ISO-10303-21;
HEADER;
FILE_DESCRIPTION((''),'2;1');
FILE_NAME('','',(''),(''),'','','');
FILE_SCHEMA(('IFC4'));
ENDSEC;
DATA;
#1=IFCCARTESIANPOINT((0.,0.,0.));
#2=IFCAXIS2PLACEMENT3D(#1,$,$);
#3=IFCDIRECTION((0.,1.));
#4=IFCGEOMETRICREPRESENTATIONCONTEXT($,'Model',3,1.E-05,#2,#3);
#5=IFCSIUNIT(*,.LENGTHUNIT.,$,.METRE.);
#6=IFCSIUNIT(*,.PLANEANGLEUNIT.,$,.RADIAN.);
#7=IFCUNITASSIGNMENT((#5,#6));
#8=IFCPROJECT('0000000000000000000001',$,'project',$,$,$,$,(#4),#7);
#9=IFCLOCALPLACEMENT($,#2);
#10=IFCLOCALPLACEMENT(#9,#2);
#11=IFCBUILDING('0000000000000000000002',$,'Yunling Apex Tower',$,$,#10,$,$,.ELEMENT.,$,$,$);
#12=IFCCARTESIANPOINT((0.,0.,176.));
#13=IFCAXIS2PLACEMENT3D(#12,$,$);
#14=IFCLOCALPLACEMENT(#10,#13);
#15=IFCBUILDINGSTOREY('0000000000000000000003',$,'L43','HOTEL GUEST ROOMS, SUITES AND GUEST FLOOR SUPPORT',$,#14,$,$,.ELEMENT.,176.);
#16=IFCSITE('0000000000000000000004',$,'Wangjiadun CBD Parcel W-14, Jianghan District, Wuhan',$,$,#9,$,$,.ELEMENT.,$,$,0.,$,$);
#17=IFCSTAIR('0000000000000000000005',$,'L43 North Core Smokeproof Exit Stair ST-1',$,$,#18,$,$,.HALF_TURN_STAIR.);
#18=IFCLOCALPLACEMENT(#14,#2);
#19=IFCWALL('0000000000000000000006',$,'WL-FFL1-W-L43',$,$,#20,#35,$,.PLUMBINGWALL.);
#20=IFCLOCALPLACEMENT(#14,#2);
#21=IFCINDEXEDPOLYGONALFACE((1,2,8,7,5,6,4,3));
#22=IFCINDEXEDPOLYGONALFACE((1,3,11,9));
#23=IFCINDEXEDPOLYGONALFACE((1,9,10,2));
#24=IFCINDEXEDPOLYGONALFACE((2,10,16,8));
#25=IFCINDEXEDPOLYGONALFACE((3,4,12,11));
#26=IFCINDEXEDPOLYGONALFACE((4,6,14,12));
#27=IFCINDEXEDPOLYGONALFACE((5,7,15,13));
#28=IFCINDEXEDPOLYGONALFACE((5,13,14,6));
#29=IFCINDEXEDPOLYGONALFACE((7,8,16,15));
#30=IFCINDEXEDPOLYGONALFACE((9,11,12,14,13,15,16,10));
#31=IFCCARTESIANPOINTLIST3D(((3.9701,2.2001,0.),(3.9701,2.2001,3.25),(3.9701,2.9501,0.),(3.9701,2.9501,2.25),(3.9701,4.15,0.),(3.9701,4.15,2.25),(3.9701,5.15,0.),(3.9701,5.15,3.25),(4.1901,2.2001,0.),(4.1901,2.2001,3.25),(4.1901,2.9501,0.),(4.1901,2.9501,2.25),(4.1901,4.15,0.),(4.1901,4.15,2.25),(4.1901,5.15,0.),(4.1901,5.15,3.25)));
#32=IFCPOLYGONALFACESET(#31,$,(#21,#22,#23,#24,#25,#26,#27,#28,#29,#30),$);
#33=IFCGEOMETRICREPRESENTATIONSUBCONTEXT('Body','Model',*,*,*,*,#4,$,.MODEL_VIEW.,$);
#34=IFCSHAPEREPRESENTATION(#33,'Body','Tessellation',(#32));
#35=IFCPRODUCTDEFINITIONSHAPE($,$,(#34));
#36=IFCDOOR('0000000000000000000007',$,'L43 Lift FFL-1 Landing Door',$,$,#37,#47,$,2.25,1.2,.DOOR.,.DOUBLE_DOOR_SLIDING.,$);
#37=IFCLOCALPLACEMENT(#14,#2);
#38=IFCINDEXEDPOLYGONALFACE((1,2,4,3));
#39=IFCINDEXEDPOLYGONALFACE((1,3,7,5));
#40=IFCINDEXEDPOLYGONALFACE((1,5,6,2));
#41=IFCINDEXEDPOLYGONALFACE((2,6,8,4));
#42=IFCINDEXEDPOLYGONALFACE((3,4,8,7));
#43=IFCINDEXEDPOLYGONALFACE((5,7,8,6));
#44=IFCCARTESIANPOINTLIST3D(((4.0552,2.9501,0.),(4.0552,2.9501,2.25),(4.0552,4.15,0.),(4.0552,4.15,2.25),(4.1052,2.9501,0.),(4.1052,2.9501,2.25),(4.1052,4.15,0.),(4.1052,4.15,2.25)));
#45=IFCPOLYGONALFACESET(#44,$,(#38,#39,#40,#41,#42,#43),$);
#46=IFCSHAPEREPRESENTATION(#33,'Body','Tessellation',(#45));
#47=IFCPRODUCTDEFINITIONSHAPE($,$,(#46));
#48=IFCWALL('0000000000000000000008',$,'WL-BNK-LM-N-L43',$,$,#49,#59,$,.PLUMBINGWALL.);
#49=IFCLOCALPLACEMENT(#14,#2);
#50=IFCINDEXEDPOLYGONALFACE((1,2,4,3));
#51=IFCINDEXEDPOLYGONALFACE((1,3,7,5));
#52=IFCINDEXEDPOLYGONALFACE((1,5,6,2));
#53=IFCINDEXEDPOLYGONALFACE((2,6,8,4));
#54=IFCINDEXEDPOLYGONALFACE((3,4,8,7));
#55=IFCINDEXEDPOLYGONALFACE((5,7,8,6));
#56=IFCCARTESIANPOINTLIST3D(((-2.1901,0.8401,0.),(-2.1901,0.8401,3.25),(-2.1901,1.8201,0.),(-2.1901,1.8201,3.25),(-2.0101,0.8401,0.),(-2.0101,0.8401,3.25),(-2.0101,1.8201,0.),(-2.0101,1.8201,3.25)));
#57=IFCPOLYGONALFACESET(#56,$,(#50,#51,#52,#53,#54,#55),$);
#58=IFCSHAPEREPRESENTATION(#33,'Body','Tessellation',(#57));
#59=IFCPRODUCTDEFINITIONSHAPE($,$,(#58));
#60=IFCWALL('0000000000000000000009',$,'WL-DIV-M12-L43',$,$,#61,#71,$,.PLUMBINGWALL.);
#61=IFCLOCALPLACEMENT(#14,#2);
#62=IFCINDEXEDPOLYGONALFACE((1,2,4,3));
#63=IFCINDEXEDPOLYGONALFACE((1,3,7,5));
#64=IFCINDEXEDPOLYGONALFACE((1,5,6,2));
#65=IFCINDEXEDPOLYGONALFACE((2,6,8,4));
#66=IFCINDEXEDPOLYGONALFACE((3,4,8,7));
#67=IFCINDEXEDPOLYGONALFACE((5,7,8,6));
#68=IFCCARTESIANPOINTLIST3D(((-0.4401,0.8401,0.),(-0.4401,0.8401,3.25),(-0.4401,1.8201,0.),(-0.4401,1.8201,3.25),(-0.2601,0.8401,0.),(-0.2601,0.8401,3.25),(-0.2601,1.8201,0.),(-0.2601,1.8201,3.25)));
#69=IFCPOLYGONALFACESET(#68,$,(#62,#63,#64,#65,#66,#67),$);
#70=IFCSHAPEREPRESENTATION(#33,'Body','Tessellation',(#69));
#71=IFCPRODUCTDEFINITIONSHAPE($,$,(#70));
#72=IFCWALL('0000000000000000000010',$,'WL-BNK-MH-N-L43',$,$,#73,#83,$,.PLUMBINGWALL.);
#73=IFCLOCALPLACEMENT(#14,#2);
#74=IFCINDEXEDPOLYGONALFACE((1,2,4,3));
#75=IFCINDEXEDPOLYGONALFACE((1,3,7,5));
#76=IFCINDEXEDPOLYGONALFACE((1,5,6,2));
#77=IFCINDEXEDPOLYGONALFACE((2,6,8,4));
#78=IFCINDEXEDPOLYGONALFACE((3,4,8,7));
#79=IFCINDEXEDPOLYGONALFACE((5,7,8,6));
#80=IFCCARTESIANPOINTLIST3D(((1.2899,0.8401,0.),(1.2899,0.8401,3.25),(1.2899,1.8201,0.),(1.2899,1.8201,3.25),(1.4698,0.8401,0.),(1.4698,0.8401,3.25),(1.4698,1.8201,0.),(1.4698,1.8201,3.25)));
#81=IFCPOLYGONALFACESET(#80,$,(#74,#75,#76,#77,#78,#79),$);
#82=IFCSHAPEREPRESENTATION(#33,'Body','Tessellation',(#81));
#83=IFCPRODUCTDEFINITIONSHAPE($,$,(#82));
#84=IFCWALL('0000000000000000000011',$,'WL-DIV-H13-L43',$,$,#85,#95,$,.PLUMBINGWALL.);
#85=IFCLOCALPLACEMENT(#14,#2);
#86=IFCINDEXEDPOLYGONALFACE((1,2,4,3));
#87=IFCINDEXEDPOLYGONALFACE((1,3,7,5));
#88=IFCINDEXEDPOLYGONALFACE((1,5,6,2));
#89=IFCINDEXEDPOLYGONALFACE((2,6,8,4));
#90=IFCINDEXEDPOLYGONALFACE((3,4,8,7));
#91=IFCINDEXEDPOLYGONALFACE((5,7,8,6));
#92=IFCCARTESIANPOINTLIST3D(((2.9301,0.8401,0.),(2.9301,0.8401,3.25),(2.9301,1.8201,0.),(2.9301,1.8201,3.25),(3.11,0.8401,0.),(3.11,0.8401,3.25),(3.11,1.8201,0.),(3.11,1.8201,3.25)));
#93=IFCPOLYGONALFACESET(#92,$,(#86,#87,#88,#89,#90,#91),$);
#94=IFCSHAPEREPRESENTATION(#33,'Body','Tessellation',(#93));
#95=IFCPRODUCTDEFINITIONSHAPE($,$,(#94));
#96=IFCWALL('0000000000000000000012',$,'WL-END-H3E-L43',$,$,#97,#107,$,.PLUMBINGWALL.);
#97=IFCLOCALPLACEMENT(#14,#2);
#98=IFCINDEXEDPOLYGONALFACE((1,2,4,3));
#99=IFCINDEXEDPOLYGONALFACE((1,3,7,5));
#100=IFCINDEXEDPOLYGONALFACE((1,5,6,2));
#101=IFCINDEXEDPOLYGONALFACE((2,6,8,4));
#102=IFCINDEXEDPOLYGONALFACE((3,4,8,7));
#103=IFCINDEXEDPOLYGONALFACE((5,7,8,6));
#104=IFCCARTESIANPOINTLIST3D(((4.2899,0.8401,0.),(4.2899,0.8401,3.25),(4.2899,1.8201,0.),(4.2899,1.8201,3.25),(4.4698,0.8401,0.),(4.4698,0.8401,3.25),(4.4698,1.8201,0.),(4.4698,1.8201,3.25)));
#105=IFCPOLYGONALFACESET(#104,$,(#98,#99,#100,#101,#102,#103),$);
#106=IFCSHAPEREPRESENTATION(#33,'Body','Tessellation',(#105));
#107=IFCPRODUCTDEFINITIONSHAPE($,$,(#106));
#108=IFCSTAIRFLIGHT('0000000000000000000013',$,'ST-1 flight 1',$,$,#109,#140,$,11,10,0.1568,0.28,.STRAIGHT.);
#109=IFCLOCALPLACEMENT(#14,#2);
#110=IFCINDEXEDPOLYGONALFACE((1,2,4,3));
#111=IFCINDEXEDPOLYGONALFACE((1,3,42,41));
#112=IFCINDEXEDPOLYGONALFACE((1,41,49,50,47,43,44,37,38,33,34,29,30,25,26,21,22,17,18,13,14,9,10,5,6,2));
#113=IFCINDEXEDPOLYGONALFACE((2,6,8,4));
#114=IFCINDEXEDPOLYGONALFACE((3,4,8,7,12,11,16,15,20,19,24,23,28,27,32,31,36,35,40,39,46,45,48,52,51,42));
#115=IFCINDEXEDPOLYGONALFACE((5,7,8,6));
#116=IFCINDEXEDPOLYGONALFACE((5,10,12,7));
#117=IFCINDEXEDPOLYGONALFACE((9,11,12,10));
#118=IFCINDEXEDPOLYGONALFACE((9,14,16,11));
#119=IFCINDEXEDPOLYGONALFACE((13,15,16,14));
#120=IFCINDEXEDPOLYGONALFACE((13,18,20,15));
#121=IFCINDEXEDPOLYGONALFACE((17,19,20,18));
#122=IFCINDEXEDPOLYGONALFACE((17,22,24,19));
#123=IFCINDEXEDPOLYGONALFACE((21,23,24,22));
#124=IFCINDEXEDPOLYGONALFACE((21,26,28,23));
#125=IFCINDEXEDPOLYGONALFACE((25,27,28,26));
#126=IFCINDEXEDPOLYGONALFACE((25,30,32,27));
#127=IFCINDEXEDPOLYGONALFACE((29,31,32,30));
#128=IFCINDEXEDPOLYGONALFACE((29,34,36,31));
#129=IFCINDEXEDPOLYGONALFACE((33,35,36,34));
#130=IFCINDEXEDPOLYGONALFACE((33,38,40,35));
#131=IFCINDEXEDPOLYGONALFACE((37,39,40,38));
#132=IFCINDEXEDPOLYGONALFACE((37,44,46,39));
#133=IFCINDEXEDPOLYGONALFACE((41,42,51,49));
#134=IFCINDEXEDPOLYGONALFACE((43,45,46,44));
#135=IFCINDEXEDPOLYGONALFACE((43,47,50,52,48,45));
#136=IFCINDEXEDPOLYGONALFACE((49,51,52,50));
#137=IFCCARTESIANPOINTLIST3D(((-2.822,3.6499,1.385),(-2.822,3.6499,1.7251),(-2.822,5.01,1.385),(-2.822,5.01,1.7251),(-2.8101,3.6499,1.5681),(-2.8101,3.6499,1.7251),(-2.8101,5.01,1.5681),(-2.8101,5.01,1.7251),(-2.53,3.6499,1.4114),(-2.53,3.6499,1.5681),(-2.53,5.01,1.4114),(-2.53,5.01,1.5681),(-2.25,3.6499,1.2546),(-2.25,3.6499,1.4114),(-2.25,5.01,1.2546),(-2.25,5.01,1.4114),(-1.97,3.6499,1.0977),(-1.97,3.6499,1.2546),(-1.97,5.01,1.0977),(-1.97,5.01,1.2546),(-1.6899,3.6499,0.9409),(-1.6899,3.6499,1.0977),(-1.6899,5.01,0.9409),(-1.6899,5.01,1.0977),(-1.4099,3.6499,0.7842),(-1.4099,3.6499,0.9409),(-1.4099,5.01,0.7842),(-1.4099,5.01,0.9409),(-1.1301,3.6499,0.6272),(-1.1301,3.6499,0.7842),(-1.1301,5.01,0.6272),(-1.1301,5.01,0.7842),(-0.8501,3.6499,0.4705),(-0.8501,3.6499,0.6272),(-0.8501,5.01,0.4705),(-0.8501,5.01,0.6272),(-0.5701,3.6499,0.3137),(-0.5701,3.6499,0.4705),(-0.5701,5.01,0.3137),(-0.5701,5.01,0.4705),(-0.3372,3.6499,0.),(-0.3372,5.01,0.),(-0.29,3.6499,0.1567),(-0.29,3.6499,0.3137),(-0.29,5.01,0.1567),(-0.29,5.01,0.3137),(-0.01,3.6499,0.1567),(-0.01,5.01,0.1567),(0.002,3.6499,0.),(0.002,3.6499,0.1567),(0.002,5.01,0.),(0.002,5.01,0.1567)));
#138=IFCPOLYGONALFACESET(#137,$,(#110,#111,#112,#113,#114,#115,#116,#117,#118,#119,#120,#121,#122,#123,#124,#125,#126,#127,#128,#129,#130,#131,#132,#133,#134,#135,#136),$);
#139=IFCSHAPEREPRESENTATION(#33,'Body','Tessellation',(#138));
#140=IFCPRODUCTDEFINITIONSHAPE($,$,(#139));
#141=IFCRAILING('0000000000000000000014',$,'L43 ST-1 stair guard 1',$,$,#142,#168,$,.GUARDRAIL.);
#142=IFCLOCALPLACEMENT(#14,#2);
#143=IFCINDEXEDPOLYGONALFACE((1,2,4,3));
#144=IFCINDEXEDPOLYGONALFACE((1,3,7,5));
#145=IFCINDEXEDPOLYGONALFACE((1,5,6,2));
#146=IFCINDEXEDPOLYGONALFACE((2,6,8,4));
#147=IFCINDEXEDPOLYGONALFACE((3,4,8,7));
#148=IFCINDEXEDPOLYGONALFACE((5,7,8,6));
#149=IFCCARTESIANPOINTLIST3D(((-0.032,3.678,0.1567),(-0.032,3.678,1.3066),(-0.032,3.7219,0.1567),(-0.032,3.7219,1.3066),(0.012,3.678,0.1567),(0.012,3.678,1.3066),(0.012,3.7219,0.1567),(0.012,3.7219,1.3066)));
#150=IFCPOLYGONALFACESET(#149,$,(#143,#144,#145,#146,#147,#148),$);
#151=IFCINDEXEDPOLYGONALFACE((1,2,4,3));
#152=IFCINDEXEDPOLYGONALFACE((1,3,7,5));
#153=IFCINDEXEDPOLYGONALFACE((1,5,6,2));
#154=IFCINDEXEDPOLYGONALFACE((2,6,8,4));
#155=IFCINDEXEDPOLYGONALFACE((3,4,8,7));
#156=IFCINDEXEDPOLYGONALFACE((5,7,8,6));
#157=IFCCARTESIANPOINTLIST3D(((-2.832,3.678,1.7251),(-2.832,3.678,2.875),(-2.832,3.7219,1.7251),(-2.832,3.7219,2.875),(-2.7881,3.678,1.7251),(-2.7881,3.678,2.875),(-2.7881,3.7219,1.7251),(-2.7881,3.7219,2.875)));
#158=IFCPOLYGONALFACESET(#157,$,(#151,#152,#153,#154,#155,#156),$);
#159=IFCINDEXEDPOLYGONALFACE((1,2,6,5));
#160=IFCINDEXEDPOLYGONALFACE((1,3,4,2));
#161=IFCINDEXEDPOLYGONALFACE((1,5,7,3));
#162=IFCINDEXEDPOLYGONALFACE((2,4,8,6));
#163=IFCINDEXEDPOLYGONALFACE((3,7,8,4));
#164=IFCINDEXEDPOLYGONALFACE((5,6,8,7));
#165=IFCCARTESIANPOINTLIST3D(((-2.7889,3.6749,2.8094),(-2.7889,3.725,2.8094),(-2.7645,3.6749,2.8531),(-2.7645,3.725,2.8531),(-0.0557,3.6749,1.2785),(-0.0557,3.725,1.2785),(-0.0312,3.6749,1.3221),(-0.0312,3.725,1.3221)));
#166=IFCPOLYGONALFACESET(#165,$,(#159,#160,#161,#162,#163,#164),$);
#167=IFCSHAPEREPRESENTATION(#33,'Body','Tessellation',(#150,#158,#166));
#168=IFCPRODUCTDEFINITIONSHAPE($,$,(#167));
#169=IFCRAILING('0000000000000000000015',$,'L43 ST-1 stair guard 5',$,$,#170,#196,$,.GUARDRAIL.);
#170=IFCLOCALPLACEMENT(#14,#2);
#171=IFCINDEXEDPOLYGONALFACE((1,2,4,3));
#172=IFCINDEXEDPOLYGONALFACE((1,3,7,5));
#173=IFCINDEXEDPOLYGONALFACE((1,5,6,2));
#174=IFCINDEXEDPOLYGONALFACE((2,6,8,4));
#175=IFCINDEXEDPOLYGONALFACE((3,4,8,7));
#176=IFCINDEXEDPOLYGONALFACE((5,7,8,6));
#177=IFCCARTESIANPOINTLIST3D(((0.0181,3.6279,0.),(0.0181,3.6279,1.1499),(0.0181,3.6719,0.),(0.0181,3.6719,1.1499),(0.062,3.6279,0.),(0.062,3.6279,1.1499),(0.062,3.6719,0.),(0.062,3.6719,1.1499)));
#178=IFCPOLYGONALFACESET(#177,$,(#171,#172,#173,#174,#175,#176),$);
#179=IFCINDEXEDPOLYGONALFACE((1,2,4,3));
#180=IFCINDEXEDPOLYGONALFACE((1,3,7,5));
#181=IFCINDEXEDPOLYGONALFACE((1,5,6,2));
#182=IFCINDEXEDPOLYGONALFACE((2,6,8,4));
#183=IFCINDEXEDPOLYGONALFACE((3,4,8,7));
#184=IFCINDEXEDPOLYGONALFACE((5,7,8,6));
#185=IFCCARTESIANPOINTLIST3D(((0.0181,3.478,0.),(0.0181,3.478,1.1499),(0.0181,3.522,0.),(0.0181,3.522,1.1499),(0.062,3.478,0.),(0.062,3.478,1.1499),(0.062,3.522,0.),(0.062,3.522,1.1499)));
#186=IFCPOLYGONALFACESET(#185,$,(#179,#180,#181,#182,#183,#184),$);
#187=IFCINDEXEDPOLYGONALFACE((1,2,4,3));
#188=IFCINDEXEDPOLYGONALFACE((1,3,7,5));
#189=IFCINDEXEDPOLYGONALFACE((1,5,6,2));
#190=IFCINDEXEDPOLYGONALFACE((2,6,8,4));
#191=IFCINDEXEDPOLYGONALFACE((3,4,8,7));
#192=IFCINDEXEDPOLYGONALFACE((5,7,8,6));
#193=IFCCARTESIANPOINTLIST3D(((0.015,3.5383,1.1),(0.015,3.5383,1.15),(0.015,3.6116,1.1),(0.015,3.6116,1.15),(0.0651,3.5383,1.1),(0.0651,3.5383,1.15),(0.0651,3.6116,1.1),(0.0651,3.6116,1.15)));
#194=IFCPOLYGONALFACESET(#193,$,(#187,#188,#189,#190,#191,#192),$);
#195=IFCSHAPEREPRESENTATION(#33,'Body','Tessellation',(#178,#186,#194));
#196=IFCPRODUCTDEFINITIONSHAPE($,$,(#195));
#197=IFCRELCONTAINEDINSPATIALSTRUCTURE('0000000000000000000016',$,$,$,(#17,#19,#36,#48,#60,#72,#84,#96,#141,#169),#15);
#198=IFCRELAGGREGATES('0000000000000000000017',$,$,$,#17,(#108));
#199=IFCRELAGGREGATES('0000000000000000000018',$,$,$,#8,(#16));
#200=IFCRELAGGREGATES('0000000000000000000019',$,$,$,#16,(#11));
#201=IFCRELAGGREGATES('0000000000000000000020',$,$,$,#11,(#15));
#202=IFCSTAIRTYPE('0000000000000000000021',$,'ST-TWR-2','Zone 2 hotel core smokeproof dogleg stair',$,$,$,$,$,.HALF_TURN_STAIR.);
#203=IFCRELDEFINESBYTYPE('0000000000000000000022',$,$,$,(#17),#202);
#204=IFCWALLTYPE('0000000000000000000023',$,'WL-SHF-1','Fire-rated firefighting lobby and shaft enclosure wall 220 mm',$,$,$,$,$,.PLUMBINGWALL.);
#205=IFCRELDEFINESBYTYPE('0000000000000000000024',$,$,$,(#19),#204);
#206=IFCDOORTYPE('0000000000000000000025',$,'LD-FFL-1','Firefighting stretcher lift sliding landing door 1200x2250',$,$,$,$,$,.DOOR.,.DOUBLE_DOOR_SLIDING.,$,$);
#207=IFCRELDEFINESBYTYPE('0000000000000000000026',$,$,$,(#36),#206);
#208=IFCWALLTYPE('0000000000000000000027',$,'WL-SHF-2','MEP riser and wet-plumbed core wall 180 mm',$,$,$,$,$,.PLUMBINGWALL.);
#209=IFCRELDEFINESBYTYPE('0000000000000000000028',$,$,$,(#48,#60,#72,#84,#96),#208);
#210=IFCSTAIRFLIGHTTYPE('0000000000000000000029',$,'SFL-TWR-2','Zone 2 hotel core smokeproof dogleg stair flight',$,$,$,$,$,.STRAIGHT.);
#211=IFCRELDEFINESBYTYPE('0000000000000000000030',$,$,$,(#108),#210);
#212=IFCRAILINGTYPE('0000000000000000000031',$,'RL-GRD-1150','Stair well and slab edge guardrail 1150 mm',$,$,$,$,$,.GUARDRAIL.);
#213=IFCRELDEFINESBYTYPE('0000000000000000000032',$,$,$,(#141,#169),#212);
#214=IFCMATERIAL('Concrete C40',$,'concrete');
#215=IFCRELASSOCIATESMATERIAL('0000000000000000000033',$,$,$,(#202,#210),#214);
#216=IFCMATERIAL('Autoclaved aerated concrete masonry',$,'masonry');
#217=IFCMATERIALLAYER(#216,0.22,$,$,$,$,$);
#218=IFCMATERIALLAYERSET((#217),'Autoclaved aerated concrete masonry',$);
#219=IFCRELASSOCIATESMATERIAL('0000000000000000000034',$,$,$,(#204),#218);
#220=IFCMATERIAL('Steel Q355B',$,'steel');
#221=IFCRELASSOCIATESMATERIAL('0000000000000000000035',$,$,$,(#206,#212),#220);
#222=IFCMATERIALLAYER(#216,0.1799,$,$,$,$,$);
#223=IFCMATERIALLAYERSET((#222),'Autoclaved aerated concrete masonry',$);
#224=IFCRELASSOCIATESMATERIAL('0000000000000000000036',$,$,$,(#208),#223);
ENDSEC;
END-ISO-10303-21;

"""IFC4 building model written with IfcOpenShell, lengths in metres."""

from ifc_helpers import new_model, si_unit, direction, frame, frame_2d, origin, origin_2d, place, context, subcontext, project, spatial, polyline, rectangle, outline, extrude, material, layer, layer_set, type_object, element, fill, aggregate, save


model = new_model("IFC4")

# Units and contexts
model_context = context("Model", 3, precision=1e-05, world=origin(), true_north=direction((0.0, 1.0)))
body_context = subcontext(model_context, "Body", "Model", "MODEL_VIEW")
ifc_project = project(units=[si_unit("LENGTHUNIT", "METRE"), si_unit("PLANEANGLEUNIT", "RADIAN")], contexts=[model_context])

# Site, building, storey
site_placement = place(None, origin())
site = spatial("IfcSite", under=ifc_project, at=site_placement, Name="Wangjiadun CBD Parcel W-14, Jianghan District, Wuhan", CompositionType="ELEMENT", RefElevation=0.0)
building_placement = place(site_placement, origin())
building = spatial("IfcBuilding", under=site, at=building_placement, Name="Yunling Apex Tower", CompositionType="ELEMENT")
storey_placement = place(building_placement, frame((0.0, 0.0, 176.0)))
storey = spatial("IfcBuildingStorey", under=building, at=storey_placement, Name="L43", Description="HOTEL GUEST ROOMS, SUITES AND GUEST FLOOR SUPPORT", CompositionType="ELEMENT", Elevation=176.0)

# Shared definitions
ifc_material_1 = material(Name="Steel Q355B", Category="steel")

# Shared definitions
ifc_material_2 = material(Name="Concrete C40", Category="concrete")

# Stair
stair_type = type_object("IfcStairType", Name="ST-TWR-2", Description="Zone 2 hotel core smokeproof dogleg stair", PredefinedType="HALF_TURN_STAIR", material=ifc_material_2)
stair_1_placement = place(storey_placement, origin())
stair_1 = element("IfcStair", 1, at=stair_1_placement, inside=storey, type_object=stair_type, Name="L43 North Core Smokeproof Exit Stair ST-1", PredefinedType="HALF_TURN_STAIR")

# Wall, opening, door
ifc_material_3 = material(Name="Autoclaved aerated concrete masonry", Category="masonry")
ifc_layer_1 = layer(ifc_material_3, 0.22)
ifc_layer_set_1 = layer_set([ifc_layer_1], Name="Autoclaved aerated concrete masonry")
wall_type_1 = type_object("IfcWallType", Name="WL-SHF-1", Description="Fire-rated firefighting lobby and shaft enclosure wall 220 mm", PredefinedType="PLUMBINGWALL", material=ifc_layer_set_1)
wall_1_placement = place(storey_placement, frame((4.0801, 2.2, 0.0), z_axis=(0.0, 0.0, 1.0), x_axis=(0.0, 1.0, 0.0)))
wall_1 = element("IfcWall", 2, at=wall_1_placement, inside=storey, type_object=wall_type_1, Name="WL-FFL1-W-L43", PredefinedType="PLUMBINGWALL", context=body_context, shape_type="SweptSolid", body=[
    extrude(rectangle(XDim=2.95, YDim=0.22, at=frame_2d((1.4751, 0.0))), origin(), (0.0, 0.0, 1.0), 3.25),
])
opening_1_placement = place(wall_1_placement, frame((0.75, 0.0, 0.0)))
opening_1 = element("IfcOpeningElement", 3, at=opening_1_placement, cuts=wall_1, PredefinedType="OPENING", context=body_context, shape_type="SweptSolid", body=[
    extrude(rectangle(XDim=1.2, YDim=2.25, at=frame_2d((0.6001, 1.125))), frame((0.0, 0.1201, 0.0), z_axis=(0.0, -1.0, 0.0), x_axis=(1.0, 0.0, 0.0)), (0.0, 0.0, 1.0), 0.24),
])
door_type_1 = type_object("IfcDoorType", Name="LD-FFL-1", Description="Firefighting stretcher lift sliding landing door 1200x2250", OperationType="DOUBLE_DOOR_SLIDING", PredefinedType="DOOR", material=ifc_material_1)
door_1_placement = place(opening_1_placement, origin())
door_1 = element("IfcDoor", 4, at=door_1_placement, inside=storey, type_object=door_type_1, Name="L43 Lift FFL-1 Landing Door", OperationType="DOUBLE_DOOR_SLIDING", OverallHeight=2.25, OverallWidth=1.2, PredefinedType="DOOR", context=body_context, shape_type="SweptSolid", body=[
    extrude(rectangle(XDim=1.2, YDim=2.25, at=frame_2d((0.6001, 1.125))), frame((0.0, 0.0249, 0.0), z_axis=(0.0, -1.0, 0.0), x_axis=(1.0, 0.0, 0.0)), (0.0, 0.0, 1.0), 0.05),
])
fill(opening_1, door_1)

# Walls
ifc_layer_2 = layer(ifc_material_3, 0.1799)
ifc_layer_set_2 = layer_set([ifc_layer_2], Name="Autoclaved aerated concrete masonry")
wall_type_2 = type_object("IfcWallType", Name="WL-SHF-2", Description="MEP riser and wet-plumbed core wall 180 mm", PredefinedType="PLUMBINGWALL", material=ifc_layer_set_2)
for number, where, z_axis, x_axis, name in (
    (5, (-2.1001, 0.8401, 0.0), (0.0, 0.0, 1.0), (0.0, 1.0, 0.0), "WL-BNK-LM-N-L43"),
    (6, (-0.3501, 0.8401, 0.0), (0.0, 0.0, 1.0), (0.0, 1.0, 0.0), "WL-DIV-M12-L43"),
    (7, (1.3799, 0.8401, 0.0), (0.0, 0.0, 1.0), (0.0, 1.0, 0.0), "WL-BNK-MH-N-L43"),
    (8, (3.02, 0.8401, 0.0), (0.0, 0.0, 1.0), (0.0, 1.0, 0.0), "WL-DIV-H13-L43"),
    (9, (4.3799, 0.8401, 0.0), (0.0, 0.0, 1.0), (0.0, 1.0, 0.0), "WL-END-H3E-L43"),
):
    element("IfcWall", number, at=place(storey_placement, frame(where, z_axis=z_axis, x_axis=x_axis)), inside=storey, type_object=wall_type_2, Name=name, PredefinedType="PLUMBINGWALL", context=body_context, shape_type="SweptSolid", body=[
        extrude(rectangle(XDim=0.98, YDim=0.1799, at=frame_2d((0.49, 0.0))), origin(), (0.0, 0.0, 1.0), 3.25),
    ])

# Stair flight
stair_flight_type = type_object("IfcStairFlightType", Name="SFL-TWR-2", Description="Zone 2 hotel core smokeproof dogleg stair flight", PredefinedType="STRAIGHT", material=ifc_material_2)
stair_flight_placement = place(storey_placement, frame((-0.01, 4.3301, 0.0), z_axis=(0.0, 0.0, 1.0), x_axis=(-1.0, 0.0, 0.0)))
stair_flight = element("IfcStairFlight", 10, at=stair_flight_placement, type_object=stair_flight_type, Name="ST-1 flight 1", NumberOfRisers=11, NumberOfTreads=10, PredefinedType="STRAIGHT", RiserHeight=0.1568, TreadLength=0.28, context=body_context, shape_type="SweptSolid", body=[
    extrude(outline(polyline([(-0.012, 0.0), (-0.012, 0.1567), (0.0, 0.1567), (0.28, 0.1567), (0.28, 0.3137), (0.5601, 0.3137), (0.5601, 0.4705), (0.8401, 0.4705), (0.8401, 0.6272), (1.1201, 0.6272), (1.1201, 0.7842), (1.3999, 0.7842), (1.3999, 0.9409), (1.6799, 0.9409), (1.6799, 1.0977), (1.96, 1.0977), (1.96, 1.2546), (2.24, 1.2546), (2.24, 1.4114), (2.52, 1.4114), (2.52, 1.5681), (2.8, 1.5681), (2.8, 1.7251), (2.812, 1.7251), (2.812, 1.385), (0.3271, 0.0), (-0.012, 0.0)])), frame((0.0, 0.6802, 0.0), z_axis=(0.0, -1.0, 0.0), x_axis=(1.0, 0.0, 0.0)), (0.0, 0.0, 1.0), 1.3601),
])
aggregate(stair_1, [stair_flight])

# Railings
railing_type_1 = type_object("IfcRailingType", Name="RL-GRD-1150", Description="Stair well and slab edge guardrail 1150 mm", PredefinedType="GUARDRAIL", material=ifc_material_1)
railing_1_placement = place(storey_placement, frame((-0.01, 3.7, 0.1567)))
element("IfcRailing", 11, at=railing_1_placement, inside=storey, type_object=railing_type_1, Name="L43 ST-1 stair guard 1", PredefinedType="GUARDRAIL", context=body_context, shape_type="SweptSolid", body=[
    extrude(rectangle(XDim=0.0439, YDim=0.0439, at=origin_2d()), origin(), (0.0, 0.0, 1.0), 1.1499),
    extrude(rectangle(XDim=0.0439, YDim=0.0439, at=origin_2d()), frame((-2.8, 0.0, 1.5684)), (0.0, 0.0, 1.0), 1.1499),
    extrude(rectangle(XDim=0.05, YDim=0.05, at=origin_2d()), frame((-0.0334, 0.0, 1.1436), z_axis=(-0.872462, 0.0, 0.488682), x_axis=(0.0, -1.0, 0.0)), (0.0, 0.0, 1.0), 3.1328),
])
railing_2_placement = place(storey_placement, frame((0.04, 3.6499, 0.0)))
element("IfcRailing", 12, at=railing_2_placement, inside=storey, type_object=railing_type_1, Name="L43 ST-1 stair guard 5", PredefinedType="GUARDRAIL", context=body_context, shape_type="SweptSolid", body=[
    extrude(rectangle(XDim=0.0439, YDim=0.0439, at=origin_2d()), origin(), (0.0, 0.0, 1.0), 1.1499),
    extrude(rectangle(XDim=0.0439, YDim=0.0439, at=origin_2d()), frame((0.0, -0.1499, 0.0)), (0.0, 0.0, 1.0), 1.1499),
    extrude(rectangle(XDim=0.05, YDim=0.05, at=origin_2d()), frame((0.0, -0.0383, 1.125), z_axis=(0.0, -1.0, 0.0), x_axis=(1.0, 0.0, 0.0)), (0.0, 0.0, 1.0), 0.0732),
])

save(model, "model.ifc")
